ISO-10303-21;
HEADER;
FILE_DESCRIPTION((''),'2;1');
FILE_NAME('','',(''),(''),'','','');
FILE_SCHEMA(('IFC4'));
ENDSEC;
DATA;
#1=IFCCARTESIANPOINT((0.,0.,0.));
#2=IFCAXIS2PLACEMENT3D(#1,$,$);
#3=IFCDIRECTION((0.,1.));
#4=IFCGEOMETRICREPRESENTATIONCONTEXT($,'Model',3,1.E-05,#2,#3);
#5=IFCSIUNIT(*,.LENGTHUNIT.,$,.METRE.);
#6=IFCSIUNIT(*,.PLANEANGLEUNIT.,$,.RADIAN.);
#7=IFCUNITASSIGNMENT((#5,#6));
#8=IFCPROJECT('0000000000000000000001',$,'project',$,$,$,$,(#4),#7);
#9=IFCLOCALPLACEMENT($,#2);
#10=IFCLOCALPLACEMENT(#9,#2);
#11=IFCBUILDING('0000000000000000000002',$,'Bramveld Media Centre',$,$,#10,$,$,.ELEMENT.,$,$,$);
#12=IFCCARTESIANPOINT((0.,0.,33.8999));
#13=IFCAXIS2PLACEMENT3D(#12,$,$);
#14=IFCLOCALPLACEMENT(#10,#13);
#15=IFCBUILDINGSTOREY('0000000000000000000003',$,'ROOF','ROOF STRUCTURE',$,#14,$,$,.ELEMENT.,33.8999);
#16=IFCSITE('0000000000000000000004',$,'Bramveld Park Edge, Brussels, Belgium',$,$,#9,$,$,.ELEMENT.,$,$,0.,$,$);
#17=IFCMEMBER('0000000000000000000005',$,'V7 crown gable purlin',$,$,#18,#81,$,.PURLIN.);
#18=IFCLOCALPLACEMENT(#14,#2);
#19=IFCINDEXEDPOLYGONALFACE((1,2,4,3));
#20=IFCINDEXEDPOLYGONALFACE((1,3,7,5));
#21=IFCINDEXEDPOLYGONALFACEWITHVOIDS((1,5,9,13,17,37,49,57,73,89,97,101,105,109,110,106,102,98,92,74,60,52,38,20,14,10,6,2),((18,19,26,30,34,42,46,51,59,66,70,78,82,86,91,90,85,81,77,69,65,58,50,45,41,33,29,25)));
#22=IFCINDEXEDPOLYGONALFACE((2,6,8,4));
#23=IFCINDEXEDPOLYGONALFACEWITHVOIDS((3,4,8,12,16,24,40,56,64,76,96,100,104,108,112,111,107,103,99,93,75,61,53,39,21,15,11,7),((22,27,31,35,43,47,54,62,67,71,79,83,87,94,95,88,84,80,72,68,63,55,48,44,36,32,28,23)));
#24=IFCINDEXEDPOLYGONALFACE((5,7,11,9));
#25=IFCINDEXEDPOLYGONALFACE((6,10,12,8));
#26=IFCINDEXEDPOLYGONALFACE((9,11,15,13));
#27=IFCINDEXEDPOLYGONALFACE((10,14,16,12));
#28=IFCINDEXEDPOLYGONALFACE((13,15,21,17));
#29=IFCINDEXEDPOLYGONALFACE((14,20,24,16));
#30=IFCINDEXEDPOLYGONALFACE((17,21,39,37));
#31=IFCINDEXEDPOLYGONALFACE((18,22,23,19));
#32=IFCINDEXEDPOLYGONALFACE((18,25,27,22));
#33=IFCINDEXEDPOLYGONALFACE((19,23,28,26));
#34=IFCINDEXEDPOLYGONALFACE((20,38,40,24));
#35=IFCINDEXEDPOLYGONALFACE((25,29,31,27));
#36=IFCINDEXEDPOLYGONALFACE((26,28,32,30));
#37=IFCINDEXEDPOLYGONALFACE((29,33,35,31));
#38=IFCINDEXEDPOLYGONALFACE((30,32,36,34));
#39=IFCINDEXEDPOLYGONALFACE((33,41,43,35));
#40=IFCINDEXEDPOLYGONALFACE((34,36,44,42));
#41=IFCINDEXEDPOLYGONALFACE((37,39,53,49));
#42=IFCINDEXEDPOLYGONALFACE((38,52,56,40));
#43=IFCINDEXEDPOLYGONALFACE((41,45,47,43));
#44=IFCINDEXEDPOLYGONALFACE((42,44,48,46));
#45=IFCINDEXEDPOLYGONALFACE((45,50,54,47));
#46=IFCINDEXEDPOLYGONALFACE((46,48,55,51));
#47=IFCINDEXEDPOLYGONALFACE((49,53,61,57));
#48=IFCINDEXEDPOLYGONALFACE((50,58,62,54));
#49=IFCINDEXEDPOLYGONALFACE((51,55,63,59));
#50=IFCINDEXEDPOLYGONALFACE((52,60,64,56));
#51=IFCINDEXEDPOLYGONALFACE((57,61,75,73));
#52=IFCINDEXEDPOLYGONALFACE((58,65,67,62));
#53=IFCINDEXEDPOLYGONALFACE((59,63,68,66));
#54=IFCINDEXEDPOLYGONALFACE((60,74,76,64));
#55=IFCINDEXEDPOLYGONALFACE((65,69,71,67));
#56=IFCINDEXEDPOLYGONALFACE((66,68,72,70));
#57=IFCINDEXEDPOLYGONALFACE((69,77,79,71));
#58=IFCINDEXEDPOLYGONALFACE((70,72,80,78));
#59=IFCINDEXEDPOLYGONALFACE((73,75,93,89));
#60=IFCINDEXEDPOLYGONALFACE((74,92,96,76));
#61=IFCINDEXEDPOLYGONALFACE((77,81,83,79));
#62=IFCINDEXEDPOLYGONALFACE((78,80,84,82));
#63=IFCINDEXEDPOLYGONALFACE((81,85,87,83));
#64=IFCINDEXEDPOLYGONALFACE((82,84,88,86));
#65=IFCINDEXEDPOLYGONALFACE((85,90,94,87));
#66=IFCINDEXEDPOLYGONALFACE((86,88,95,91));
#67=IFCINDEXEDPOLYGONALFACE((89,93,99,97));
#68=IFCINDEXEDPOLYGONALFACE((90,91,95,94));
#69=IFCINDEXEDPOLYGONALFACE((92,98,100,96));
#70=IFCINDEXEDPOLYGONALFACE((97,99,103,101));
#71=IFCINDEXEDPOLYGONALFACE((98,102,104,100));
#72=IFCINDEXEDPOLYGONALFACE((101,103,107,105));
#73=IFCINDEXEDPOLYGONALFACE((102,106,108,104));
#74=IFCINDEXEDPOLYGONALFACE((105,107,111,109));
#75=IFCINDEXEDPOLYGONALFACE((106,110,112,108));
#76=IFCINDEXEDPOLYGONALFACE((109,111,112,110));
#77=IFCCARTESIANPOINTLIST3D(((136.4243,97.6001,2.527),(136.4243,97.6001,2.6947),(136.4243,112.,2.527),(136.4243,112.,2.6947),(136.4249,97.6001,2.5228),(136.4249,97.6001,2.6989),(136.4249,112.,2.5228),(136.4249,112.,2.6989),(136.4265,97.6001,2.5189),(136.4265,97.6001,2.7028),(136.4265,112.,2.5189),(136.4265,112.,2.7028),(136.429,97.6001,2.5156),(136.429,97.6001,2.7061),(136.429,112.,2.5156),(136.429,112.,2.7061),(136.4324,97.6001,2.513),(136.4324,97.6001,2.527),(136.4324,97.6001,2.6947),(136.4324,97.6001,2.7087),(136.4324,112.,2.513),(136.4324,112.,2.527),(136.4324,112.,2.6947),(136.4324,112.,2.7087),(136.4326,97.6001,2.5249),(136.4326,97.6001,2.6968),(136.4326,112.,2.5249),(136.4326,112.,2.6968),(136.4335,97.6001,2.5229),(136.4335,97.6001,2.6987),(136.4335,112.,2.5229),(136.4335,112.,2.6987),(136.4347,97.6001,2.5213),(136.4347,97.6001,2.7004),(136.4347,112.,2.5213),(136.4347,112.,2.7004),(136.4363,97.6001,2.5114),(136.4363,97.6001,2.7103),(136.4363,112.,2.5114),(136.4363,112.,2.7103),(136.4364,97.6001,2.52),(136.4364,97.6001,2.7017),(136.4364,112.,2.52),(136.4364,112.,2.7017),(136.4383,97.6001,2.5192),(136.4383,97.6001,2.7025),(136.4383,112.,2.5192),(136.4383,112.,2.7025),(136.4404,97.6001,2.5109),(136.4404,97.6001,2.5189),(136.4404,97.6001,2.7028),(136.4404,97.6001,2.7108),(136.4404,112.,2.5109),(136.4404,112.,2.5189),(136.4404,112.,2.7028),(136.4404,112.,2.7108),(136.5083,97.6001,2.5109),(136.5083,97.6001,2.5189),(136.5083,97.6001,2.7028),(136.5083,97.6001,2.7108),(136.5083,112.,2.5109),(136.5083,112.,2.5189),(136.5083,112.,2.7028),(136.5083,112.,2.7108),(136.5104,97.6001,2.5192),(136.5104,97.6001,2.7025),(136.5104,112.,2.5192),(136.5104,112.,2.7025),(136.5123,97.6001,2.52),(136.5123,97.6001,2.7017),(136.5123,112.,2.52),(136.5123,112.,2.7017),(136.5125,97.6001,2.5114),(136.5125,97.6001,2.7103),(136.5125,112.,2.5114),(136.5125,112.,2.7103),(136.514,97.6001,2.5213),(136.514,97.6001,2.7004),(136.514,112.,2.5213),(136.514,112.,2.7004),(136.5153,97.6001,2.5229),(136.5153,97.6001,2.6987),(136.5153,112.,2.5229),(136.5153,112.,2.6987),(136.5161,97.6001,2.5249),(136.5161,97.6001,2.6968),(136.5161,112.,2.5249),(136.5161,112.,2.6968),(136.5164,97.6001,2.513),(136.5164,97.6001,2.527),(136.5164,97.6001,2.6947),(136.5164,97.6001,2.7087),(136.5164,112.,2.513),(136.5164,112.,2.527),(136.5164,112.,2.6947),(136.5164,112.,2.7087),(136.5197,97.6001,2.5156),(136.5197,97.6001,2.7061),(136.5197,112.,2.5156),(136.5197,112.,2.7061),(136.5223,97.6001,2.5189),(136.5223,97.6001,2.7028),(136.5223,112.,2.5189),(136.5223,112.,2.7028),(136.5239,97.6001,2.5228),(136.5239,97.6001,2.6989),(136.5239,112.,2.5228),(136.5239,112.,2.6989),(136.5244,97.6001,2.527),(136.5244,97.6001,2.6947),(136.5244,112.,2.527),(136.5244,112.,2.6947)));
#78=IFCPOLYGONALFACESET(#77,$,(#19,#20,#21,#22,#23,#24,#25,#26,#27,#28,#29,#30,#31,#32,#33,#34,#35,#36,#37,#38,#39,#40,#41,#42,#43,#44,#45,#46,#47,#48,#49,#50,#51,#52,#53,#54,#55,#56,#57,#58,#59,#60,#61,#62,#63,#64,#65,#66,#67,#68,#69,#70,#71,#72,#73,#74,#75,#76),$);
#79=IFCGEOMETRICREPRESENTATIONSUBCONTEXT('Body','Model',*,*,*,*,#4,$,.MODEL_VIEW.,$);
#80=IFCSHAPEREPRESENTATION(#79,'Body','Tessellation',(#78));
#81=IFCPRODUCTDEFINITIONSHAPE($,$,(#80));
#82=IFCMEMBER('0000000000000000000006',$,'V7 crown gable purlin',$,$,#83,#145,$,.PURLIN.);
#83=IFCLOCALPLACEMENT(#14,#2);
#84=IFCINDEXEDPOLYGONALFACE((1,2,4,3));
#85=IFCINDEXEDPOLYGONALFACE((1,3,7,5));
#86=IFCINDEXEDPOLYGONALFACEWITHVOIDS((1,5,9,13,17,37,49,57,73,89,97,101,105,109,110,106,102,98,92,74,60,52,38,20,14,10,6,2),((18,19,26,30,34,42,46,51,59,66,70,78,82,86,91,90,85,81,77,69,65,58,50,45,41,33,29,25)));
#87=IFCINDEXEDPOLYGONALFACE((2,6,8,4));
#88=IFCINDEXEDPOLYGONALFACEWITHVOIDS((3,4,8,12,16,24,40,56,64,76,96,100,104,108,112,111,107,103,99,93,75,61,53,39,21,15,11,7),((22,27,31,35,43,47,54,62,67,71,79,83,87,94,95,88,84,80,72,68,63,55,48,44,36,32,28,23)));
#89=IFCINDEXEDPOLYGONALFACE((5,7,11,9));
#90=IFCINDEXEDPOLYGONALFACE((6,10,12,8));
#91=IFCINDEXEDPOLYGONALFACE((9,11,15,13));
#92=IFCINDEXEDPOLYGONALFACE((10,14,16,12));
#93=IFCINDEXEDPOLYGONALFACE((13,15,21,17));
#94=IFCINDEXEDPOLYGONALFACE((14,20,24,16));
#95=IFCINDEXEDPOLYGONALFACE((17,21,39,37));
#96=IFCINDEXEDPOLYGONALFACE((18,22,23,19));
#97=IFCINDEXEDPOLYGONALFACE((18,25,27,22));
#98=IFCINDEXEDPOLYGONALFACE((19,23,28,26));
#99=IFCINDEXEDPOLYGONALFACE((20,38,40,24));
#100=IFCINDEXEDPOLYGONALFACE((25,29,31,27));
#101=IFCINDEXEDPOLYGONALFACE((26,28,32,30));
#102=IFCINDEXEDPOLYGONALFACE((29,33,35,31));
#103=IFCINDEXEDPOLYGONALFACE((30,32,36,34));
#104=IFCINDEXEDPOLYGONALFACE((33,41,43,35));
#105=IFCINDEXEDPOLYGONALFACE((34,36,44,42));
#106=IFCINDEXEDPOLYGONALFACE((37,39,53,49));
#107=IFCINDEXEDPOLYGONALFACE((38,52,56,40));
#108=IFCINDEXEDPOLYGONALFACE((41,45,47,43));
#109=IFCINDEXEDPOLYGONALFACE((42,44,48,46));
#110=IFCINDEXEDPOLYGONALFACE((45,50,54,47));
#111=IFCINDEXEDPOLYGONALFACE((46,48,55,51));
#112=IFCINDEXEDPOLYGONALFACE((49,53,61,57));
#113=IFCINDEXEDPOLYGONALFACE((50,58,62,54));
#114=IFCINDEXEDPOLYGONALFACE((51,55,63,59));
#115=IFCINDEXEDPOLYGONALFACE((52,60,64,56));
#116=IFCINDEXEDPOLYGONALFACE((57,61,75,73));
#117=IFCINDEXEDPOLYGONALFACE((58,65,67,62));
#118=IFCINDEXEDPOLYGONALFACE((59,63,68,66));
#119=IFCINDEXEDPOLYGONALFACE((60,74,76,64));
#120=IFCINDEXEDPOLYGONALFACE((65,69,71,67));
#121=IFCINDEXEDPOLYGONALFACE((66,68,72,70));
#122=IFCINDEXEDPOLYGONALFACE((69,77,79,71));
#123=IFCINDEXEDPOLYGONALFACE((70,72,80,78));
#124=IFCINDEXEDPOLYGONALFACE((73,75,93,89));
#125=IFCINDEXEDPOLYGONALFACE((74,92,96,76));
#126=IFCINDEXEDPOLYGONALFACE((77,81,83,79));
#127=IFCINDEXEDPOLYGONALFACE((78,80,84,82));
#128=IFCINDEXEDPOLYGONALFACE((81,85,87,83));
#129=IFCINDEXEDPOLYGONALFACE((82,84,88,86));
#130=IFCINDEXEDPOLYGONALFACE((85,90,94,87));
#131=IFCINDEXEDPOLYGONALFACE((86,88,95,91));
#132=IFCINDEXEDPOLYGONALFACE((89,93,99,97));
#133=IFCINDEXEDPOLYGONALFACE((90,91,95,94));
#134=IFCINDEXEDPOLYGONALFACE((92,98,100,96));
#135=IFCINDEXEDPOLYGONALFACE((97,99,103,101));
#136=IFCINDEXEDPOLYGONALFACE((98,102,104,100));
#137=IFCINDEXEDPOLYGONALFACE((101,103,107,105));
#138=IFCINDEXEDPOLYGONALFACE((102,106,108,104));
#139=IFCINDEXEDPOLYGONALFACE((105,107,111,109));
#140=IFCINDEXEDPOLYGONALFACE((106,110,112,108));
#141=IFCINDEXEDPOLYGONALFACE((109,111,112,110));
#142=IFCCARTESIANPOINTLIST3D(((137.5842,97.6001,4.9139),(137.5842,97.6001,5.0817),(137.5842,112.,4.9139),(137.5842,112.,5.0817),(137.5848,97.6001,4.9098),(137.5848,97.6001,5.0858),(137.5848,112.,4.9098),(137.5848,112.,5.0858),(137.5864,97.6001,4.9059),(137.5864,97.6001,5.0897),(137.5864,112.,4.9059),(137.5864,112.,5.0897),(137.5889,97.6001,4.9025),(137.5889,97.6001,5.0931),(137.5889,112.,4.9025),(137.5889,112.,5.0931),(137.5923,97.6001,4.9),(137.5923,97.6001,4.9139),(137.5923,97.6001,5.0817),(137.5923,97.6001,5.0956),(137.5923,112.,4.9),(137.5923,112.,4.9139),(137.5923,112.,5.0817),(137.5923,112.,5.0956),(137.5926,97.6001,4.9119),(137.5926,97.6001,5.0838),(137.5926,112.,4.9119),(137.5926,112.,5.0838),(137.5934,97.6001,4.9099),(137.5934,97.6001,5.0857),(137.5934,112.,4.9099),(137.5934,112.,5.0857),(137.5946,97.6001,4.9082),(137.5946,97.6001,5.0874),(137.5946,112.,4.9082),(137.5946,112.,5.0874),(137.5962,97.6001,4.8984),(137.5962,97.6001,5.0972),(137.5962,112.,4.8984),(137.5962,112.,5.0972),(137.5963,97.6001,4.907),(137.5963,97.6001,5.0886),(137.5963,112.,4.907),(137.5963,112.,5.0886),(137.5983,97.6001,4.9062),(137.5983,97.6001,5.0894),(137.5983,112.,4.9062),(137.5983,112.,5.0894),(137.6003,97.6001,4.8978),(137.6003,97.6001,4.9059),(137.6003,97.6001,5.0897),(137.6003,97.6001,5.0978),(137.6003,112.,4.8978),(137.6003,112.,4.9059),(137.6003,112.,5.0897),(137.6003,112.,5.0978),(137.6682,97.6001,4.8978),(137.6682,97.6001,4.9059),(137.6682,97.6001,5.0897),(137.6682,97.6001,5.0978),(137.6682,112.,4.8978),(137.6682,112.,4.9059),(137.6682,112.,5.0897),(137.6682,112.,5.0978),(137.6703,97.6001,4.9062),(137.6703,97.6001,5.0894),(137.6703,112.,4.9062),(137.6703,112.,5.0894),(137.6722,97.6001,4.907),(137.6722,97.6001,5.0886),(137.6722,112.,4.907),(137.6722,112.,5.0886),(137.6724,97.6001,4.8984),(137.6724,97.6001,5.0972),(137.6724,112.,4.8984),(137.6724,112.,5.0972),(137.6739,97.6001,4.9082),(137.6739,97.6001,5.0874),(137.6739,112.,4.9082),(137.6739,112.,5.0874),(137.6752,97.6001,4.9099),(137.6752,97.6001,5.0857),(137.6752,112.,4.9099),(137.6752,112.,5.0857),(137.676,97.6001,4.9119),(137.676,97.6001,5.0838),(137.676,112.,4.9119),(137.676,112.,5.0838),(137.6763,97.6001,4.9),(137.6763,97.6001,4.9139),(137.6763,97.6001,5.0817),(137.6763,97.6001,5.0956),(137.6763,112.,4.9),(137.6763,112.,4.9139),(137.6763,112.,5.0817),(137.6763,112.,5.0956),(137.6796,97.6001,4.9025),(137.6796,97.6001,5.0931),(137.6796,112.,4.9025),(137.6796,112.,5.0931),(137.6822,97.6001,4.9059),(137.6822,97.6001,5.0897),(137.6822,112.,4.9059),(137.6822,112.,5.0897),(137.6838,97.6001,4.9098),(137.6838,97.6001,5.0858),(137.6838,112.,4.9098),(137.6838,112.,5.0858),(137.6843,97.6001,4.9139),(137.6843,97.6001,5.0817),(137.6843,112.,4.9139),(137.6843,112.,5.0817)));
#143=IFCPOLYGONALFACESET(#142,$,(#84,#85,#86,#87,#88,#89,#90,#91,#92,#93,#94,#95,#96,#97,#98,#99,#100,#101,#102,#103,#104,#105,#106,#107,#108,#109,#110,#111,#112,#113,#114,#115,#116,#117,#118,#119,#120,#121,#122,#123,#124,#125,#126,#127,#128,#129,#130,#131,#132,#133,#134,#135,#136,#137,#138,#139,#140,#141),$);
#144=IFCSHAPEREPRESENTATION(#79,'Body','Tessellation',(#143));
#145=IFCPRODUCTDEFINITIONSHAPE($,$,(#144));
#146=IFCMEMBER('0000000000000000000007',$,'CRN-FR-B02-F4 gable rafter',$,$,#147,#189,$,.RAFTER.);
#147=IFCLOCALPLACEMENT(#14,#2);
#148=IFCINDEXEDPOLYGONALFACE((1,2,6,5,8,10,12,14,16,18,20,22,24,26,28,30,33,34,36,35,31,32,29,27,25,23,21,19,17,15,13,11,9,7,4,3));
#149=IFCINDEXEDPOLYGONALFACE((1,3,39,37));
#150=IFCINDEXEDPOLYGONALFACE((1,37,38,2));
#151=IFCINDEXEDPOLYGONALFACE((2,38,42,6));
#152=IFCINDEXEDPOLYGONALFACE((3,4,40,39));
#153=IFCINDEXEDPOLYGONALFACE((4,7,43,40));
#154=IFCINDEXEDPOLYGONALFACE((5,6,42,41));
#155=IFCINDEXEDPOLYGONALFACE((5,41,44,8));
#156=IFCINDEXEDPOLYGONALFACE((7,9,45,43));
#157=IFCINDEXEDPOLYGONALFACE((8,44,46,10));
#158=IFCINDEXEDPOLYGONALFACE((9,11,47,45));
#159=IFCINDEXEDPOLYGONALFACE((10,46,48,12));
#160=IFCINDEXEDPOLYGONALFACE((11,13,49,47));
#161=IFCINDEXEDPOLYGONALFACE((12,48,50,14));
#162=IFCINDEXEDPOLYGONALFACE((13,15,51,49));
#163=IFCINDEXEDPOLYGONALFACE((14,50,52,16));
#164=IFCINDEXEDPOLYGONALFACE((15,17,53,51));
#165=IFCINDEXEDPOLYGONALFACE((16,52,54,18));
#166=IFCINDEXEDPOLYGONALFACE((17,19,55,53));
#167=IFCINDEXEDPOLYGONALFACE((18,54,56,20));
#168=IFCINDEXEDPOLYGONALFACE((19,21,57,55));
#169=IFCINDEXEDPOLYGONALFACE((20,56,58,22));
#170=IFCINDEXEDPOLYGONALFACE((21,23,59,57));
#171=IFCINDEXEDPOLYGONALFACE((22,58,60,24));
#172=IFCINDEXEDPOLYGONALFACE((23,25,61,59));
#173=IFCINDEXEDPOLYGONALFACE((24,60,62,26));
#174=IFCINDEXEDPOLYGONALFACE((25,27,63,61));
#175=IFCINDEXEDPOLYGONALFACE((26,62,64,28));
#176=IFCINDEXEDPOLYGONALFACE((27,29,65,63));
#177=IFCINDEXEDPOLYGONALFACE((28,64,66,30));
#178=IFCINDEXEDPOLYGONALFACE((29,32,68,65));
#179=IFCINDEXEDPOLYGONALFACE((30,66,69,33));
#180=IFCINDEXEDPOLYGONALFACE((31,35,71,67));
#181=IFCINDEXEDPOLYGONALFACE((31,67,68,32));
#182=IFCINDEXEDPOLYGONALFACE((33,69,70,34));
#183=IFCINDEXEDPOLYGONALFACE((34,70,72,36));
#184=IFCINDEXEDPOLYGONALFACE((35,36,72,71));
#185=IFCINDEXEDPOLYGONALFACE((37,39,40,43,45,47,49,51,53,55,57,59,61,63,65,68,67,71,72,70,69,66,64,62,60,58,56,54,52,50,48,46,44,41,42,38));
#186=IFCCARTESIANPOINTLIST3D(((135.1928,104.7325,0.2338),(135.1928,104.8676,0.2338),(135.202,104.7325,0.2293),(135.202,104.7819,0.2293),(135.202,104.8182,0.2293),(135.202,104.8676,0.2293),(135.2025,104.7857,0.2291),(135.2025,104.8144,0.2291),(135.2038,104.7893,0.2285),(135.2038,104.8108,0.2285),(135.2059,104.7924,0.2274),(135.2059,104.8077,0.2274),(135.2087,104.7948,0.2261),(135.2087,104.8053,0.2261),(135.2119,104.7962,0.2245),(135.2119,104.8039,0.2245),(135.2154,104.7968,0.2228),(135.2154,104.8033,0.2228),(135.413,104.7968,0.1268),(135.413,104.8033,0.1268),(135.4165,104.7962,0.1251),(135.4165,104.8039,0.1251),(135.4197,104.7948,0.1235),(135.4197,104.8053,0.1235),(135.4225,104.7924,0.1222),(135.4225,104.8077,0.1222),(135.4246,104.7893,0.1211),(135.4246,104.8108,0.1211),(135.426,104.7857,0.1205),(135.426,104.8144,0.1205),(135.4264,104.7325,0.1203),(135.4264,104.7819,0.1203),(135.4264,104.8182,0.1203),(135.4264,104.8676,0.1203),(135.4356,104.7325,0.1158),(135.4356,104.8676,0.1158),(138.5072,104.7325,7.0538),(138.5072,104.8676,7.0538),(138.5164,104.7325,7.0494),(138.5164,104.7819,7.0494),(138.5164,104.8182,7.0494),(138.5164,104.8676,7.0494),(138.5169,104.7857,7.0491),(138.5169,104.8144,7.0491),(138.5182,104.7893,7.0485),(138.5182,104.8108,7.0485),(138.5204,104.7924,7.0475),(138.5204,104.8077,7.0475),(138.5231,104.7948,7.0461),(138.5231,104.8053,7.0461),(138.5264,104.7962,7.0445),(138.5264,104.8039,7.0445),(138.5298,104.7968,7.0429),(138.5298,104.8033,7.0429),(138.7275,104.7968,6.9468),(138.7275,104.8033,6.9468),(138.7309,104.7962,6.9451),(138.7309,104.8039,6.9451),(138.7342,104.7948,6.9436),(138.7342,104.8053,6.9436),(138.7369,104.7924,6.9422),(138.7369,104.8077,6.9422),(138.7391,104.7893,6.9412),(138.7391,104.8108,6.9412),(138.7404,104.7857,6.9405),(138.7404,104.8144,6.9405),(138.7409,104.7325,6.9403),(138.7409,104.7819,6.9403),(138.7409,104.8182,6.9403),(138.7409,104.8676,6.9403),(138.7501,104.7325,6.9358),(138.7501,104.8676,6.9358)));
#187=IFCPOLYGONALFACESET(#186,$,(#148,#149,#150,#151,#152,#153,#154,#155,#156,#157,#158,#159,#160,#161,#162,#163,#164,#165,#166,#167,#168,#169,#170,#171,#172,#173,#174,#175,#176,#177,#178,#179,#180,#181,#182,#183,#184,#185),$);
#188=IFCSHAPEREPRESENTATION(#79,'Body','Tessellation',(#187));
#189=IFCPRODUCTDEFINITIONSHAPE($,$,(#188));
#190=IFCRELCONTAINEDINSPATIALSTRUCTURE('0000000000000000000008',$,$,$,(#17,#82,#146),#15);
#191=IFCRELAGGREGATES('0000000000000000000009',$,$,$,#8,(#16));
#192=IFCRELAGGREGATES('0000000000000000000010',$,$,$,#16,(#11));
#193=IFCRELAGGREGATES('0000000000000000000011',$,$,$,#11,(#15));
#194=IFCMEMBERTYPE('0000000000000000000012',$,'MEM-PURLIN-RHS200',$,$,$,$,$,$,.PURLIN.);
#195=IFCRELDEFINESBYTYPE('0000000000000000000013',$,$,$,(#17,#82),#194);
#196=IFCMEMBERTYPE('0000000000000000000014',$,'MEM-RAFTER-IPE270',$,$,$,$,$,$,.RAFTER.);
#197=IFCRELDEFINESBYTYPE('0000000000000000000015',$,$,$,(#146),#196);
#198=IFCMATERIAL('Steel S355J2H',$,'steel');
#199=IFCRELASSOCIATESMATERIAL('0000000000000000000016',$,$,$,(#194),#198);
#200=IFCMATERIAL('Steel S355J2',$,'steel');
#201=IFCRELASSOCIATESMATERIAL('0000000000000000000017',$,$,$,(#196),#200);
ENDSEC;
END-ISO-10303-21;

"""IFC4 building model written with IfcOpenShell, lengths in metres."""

from ifc_helpers import new_model, si_unit, direction, frame, origin, origin_2d, place, context, subcontext, project, spatial, hollow_rectangle, i_section, extrude, material, material_profile, profile_set, type_object, element, save


model = new_model("IFC4")

# Units and contexts
model_context = context("Model", 3, precision=1e-05, world=origin(), true_north=direction((0.0, 1.0)))
body_context = subcontext(model_context, "Body", "Model", "MODEL_VIEW")
ifc_project = project(units=[si_unit("LENGTHUNIT", "METRE"), si_unit("PLANEANGLEUNIT", "RADIAN")], contexts=[model_context])

# Site, building, storey
site_placement = place(None, origin())
site = spatial("IfcSite", under=ifc_project, at=site_placement, Name="Bramveld Park Edge, Brussels, Belgium", CompositionType="ELEMENT", RefElevation=0.0)
building_placement = place(site_placement, origin())
building = spatial("IfcBuilding", under=site, at=building_placement, Name="Bramveld Media Centre", CompositionType="ELEMENT")
storey_placement = place(building_placement, frame((0.0, 0.0, 33.8999)))
storey = spatial("IfcBuildingStorey", under=building, at=storey_placement, Name="ROOF", Description="ROOF STRUCTURE", CompositionType="ELEMENT", Elevation=33.8999)

# Members
ifc_material_1 = material(Name="Steel S355J2H", Category="steel")
ifc_material_profile_1 = material_profile(ifc_material_1, hollow_rectangle(XDim=0.1001, YDim=0.2, WallThickness=0.0081, InnerFilletRadius=0.0081, OuterFilletRadius=0.0161, at=origin_2d()), Name="RHS 200x100x8")
ifc_profile_set_1 = profile_set([ifc_material_profile_1], Name="Steel S355J2H")
member_type_1 = type_object("IfcMemberType", Name="MEM-PURLIN-RHS200", PredefinedType="PURLIN", material=ifc_profile_set_1)
for number, where, z_axis, x_axis, name in (
    (1, (136.4744, 97.6001, 2.6108), (0.0, 1.0, 0.0), (-1.0, 0.0, 0.0), "V7 crown gable purlin"),
    (2, (137.6343, 97.6001, 4.9978), (0.0, 1.0, 0.0), (-1.0, 0.0, 0.0), "V7 crown gable purlin"),
):
    element("IfcMember", number, at=place(storey_placement, frame(where, z_axis=z_axis, x_axis=x_axis)), inside=storey, type_object=member_type_1, Name=name, PredefinedType="PURLIN", context=body_context, shape_type="SweptSolid", body=[
        extrude(hollow_rectangle(XDim=0.1001, YDim=0.2, WallThickness=0.0081, InnerFilletRadius=0.0081, OuterFilletRadius=0.0161, at=origin_2d()), origin(), (0.0, 0.0, 1.0), 14.3999),
    ])
ifc_material_2 = material(Name="Steel S355J2", Category="steel")
ifc_material_profile_2 = material_profile(ifc_material_2, i_section(OverallWidth=0.135, OverallDepth=0.27, WebThickness=0.0066, FlangeThickness=0.0103, FilletRadius=0.0149, at=origin_2d()), Name="IPE 270")
ifc_profile_set_2 = profile_set([ifc_material_profile_2], Name="Steel S355J2")
member_type_2 = type_object("IfcMemberType", Name="MEM-RAFTER-IPE270", PredefinedType="RAFTER", material=ifc_profile_set_2)
member_1_placement = place(storey_placement, frame((135.3142, 104.8, 0.1748), z_axis=(0.437101, 0.0, 0.899412), x_axis=(0.0, 1.0, 0.0)))
element("IfcMember", 3, at=member_1_placement, inside=storey, type_object=member_type_2, Name="CRN-FR-B02-F4 gable rafter", PredefinedType="RAFTER", context=body_context, shape_type="SweptSolid", body=[
    extrude(i_section(OverallWidth=0.135, OverallDepth=0.27, WebThickness=0.0066, FlangeThickness=0.0103, FilletRadius=0.0149, at=origin_2d()), origin(), (0.0, 0.0, 1.0), 7.5828),
])

save(model, "model.ifc")
